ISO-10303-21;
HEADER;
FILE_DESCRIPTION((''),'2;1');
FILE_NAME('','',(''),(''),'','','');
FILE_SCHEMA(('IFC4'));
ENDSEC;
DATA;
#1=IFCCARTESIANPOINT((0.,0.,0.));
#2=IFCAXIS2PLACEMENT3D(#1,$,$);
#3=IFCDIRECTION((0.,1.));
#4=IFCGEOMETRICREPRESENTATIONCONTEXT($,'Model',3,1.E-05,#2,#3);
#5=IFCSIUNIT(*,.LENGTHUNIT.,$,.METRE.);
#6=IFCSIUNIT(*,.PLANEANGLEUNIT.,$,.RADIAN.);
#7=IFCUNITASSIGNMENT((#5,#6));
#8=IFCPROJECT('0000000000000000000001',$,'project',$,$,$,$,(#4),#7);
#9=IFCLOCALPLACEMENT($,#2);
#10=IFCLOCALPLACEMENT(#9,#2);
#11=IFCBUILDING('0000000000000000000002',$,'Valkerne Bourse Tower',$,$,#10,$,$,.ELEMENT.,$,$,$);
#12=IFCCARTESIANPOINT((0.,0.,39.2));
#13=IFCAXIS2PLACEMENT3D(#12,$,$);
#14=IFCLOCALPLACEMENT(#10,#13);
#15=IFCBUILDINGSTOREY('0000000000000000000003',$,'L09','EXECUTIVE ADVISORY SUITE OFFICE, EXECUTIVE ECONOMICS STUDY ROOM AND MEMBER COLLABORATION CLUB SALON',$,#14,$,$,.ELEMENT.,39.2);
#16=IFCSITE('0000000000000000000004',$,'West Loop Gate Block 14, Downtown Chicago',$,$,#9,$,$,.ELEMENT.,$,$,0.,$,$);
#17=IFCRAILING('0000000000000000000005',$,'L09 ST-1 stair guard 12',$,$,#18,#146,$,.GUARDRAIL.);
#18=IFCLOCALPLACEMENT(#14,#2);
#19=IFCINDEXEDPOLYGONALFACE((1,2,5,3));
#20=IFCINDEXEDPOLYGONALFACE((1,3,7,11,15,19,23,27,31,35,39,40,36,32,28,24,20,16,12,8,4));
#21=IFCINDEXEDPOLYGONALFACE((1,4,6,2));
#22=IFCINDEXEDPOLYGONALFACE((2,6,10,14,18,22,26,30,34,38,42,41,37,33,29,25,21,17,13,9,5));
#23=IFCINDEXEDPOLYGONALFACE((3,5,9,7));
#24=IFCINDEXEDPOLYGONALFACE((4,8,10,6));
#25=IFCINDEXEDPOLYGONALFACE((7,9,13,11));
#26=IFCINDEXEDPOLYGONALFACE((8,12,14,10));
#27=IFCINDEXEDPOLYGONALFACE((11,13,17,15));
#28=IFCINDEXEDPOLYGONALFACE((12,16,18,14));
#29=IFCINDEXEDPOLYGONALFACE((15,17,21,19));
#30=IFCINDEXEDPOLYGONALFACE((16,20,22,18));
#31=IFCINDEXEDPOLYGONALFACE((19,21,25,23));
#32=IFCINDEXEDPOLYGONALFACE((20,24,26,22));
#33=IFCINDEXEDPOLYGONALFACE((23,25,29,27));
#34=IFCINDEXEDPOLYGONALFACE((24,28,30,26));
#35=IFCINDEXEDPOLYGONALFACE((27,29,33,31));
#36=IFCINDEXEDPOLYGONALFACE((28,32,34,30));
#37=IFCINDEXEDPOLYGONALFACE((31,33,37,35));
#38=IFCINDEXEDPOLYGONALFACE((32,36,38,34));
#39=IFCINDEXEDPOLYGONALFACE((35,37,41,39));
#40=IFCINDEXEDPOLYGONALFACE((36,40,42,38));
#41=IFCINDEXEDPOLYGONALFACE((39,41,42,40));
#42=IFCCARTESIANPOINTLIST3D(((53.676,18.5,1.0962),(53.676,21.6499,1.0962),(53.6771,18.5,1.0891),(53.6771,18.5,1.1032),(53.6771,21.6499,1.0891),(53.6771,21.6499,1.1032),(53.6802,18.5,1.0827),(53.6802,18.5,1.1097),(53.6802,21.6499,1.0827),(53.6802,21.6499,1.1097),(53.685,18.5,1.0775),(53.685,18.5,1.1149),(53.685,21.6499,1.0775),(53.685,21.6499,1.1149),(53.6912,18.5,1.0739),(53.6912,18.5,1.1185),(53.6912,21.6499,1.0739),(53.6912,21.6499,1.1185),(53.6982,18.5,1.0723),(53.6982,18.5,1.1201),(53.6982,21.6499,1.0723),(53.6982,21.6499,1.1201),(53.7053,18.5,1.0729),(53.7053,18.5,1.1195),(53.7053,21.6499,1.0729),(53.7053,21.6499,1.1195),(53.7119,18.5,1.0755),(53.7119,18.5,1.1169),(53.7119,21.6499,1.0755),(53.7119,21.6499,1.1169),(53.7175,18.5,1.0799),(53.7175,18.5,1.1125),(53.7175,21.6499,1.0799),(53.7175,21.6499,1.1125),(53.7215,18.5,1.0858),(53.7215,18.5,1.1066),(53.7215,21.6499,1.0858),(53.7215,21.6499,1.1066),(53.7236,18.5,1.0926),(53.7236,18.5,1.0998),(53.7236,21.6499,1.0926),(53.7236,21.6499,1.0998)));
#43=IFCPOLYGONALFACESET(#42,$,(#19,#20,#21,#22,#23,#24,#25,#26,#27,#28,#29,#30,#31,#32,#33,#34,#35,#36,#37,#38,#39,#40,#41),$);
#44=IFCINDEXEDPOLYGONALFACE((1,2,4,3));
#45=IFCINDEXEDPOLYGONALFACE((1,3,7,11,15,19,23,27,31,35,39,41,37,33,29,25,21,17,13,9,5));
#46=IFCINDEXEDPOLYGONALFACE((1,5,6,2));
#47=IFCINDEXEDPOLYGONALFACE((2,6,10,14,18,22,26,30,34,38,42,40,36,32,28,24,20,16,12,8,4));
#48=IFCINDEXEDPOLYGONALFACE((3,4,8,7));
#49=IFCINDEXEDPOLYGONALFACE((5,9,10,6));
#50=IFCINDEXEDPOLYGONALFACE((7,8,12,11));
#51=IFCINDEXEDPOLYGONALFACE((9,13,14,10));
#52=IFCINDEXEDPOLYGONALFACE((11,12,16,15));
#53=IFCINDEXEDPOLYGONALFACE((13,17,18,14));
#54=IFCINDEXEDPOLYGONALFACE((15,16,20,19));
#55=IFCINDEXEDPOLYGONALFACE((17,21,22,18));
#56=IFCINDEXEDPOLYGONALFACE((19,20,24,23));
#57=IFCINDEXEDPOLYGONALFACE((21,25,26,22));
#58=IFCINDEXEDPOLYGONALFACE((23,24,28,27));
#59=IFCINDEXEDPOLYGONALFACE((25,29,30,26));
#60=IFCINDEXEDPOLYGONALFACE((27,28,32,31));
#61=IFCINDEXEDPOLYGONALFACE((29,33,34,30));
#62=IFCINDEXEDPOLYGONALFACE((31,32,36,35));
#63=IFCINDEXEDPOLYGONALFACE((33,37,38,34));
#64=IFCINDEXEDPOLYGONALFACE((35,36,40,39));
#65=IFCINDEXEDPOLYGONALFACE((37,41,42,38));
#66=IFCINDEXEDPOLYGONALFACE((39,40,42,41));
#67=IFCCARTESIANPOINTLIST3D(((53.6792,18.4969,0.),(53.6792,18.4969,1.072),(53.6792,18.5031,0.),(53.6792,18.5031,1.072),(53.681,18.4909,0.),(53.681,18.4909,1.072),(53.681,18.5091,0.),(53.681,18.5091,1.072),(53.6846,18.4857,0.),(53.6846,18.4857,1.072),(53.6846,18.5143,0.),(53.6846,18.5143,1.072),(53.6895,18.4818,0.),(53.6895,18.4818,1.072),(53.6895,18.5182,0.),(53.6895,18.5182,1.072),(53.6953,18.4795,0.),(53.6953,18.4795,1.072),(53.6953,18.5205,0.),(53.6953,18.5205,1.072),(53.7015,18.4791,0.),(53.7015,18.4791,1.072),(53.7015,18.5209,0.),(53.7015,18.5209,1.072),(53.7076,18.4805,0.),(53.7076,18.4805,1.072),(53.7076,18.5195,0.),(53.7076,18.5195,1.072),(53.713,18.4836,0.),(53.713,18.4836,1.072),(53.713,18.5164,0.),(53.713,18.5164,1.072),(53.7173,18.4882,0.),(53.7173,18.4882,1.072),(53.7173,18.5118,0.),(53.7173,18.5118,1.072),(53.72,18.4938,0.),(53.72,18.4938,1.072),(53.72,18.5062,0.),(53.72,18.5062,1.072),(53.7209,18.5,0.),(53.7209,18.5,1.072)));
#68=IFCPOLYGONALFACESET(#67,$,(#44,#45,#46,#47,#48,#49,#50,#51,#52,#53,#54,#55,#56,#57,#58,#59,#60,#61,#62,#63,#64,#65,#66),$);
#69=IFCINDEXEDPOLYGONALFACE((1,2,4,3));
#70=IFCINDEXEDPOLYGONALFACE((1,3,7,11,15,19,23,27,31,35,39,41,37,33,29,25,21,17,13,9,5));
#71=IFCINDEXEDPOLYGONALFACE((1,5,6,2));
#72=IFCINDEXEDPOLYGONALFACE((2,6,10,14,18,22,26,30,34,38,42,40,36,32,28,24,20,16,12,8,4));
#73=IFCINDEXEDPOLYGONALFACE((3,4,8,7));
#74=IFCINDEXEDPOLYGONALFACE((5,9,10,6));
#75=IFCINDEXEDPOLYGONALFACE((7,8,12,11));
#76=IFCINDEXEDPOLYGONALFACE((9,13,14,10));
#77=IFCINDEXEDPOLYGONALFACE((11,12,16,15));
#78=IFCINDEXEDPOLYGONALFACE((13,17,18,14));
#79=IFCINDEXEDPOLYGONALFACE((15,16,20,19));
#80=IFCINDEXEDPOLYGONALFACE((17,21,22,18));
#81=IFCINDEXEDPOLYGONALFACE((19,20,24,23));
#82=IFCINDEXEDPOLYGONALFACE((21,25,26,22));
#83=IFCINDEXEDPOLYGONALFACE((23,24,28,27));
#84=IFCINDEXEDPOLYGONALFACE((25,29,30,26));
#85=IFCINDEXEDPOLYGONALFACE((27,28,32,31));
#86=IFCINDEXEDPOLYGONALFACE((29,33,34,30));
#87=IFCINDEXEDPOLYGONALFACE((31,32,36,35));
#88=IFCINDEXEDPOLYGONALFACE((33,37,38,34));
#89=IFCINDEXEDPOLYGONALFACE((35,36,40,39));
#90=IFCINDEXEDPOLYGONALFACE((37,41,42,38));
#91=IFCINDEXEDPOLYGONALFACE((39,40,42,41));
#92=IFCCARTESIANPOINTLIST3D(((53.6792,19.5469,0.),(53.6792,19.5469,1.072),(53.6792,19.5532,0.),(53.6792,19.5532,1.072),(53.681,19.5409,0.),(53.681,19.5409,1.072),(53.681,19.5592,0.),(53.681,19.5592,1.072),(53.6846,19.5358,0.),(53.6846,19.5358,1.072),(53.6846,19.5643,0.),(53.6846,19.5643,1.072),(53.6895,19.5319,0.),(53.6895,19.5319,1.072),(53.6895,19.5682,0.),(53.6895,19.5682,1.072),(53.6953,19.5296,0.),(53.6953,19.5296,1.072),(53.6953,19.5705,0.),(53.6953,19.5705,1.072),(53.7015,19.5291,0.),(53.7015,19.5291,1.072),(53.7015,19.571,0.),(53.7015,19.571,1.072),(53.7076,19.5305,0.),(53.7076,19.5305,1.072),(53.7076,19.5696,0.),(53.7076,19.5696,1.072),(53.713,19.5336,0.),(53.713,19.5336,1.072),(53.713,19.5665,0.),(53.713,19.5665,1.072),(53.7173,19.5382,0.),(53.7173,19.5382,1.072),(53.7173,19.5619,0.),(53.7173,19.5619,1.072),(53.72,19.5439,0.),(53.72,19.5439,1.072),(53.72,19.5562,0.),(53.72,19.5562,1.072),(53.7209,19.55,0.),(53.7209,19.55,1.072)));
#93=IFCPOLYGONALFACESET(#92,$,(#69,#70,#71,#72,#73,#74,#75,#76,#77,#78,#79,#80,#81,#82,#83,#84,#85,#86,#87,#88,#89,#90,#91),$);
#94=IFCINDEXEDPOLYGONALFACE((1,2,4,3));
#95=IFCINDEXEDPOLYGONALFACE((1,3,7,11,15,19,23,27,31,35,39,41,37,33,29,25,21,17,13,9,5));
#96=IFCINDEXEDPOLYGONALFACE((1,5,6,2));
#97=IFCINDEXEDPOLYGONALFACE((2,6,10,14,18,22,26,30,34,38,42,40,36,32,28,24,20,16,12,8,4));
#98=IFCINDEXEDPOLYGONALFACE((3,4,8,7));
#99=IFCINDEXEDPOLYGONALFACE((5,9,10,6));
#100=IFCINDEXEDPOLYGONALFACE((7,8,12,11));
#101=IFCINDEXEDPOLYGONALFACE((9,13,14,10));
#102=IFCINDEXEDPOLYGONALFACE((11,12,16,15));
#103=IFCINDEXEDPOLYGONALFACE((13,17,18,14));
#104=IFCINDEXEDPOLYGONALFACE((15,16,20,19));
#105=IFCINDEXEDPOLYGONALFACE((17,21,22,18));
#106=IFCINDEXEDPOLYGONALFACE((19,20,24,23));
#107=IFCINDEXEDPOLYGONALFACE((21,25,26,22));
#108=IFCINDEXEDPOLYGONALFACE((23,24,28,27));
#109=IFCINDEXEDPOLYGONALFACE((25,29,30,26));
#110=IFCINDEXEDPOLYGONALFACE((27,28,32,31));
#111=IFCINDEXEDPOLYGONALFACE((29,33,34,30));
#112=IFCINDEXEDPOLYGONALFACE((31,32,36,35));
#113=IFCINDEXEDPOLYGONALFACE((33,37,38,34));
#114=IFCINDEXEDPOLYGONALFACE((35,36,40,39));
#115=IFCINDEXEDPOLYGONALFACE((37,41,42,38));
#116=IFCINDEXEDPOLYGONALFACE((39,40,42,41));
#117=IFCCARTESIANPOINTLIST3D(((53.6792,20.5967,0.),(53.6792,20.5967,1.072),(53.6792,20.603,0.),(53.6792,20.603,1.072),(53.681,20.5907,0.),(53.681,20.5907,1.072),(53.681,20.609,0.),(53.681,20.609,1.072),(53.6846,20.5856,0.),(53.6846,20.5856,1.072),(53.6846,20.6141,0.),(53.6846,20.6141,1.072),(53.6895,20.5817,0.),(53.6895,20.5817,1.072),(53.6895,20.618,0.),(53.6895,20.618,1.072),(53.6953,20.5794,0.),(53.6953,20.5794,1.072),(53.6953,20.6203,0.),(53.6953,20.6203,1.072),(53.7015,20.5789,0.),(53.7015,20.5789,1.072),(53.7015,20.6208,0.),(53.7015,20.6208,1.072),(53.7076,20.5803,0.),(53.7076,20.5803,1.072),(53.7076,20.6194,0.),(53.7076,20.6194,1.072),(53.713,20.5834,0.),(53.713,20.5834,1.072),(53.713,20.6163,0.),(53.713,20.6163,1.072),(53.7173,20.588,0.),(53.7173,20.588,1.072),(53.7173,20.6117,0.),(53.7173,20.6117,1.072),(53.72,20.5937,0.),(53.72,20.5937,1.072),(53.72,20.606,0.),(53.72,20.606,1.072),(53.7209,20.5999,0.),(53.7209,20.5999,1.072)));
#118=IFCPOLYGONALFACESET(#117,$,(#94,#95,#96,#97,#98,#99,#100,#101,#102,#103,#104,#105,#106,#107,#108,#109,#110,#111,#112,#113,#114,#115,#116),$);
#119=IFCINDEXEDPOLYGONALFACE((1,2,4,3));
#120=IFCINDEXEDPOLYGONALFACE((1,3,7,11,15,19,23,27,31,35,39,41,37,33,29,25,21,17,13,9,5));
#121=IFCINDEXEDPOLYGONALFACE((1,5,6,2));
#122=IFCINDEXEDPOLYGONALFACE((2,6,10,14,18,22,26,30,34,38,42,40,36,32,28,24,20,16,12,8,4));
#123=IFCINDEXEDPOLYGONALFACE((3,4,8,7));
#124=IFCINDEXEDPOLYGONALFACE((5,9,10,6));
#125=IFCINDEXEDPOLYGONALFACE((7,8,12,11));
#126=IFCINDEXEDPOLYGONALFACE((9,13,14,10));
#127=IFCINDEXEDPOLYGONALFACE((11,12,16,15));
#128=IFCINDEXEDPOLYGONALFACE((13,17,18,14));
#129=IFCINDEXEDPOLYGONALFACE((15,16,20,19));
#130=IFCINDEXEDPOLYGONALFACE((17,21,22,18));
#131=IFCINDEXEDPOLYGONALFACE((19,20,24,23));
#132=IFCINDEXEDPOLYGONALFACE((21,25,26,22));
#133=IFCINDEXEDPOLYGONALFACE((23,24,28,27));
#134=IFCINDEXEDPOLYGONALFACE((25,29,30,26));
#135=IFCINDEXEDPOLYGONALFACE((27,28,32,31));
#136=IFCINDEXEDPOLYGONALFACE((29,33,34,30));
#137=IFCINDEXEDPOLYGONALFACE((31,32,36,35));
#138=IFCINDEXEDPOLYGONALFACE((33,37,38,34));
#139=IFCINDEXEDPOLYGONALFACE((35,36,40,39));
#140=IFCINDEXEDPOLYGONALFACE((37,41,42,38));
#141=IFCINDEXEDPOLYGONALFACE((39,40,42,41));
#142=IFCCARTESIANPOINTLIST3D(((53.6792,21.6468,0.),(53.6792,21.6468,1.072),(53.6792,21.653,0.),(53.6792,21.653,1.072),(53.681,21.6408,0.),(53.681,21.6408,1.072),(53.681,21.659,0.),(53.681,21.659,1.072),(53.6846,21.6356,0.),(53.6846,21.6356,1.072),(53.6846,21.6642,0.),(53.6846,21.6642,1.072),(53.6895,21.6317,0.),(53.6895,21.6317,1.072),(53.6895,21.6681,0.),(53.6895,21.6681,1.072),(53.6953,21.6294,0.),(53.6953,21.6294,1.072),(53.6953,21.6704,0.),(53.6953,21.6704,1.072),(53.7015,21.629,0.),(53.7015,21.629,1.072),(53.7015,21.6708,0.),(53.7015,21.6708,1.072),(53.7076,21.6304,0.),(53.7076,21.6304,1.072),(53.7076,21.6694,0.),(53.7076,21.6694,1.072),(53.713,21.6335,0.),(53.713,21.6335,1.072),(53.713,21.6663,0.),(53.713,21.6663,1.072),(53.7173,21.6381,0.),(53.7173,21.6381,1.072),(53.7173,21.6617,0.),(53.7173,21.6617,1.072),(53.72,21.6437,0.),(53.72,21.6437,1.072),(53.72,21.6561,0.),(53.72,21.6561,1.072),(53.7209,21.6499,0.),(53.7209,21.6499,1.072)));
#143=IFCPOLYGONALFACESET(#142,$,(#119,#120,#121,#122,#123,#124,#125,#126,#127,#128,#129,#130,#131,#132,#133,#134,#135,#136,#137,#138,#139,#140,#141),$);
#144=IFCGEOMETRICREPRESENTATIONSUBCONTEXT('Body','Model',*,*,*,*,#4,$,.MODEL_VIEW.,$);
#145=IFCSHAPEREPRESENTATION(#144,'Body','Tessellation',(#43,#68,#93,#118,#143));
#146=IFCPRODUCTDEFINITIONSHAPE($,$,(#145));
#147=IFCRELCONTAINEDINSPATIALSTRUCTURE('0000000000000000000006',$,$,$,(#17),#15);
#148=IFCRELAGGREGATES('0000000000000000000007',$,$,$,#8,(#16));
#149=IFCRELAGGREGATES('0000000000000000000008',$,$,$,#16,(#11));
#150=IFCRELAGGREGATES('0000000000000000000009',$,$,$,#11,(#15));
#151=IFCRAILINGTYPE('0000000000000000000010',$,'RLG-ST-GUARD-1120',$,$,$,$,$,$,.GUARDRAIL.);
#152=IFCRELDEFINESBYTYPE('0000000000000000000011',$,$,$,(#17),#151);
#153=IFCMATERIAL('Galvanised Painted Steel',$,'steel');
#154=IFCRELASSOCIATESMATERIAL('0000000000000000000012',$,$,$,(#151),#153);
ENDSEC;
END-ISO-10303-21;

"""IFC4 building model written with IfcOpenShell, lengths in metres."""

from ifc_helpers import new_model, si_unit, direction, frame, origin, origin_2d, place, context, subcontext, project, spatial, circle, extrude, material, type_object, element, save


model = new_model("IFC4")

# Units and contexts
model_context = context("Model", 3, precision=1e-05, world=origin(), true_north=direction((0.0, 1.0)))
body_context = subcontext(model_context, "Body", "Model", "MODEL_VIEW")
ifc_project = project(units=[si_unit("LENGTHUNIT", "METRE"), si_unit("PLANEANGLEUNIT", "RADIAN")], contexts=[model_context])

# Site, building, storey
site_placement = place(None, origin())
site = spatial("IfcSite", under=ifc_project, at=site_placement, Name="West Loop Gate Block 14, Downtown Chicago", CompositionType="ELEMENT", RefElevation=0.0)
building_placement = place(site_placement, origin())
building = spatial("IfcBuilding", under=site, at=building_placement, Name="Valkerne Bourse Tower", CompositionType="ELEMENT")
storey_placement = place(building_placement, frame((0.0, 0.0, 39.2)))
storey = spatial("IfcBuildingStorey", under=building, at=storey_placement, Name="L09", Description="EXECUTIVE ADVISORY SUITE OFFICE, EXECUTIVE ECONOMICS STUDY ROOM AND MEMBER COLLABORATION CLUB SALON", CompositionType="ELEMENT", Elevation=39.2)

# Shared definitions
ifc_material_1 = material(Name="Galvanised Painted Steel", Category="steel")

# Railing
railing_type_1 = type_object("IfcRailingType", Name="RLG-ST-GUARD-1120", PredefinedType="GUARDRAIL", material=ifc_material_1)
railing_1_placement = place(storey_placement, frame((53.7, 18.5, 0.0)))
element("IfcRailing", 1, at=railing_1_placement, inside=storey, type_object=railing_type_1, Name="L09 ST-1 stair guard 12", PredefinedType="GUARDRAIL", context=body_context, shape_type="SweptSolid", body=[
    extrude(circle(Radius=0.0239, at=origin_2d()), frame((0.0, 0.0, 1.0962), z_axis=(0.0, 1.0, 0.0), x_axis=(-1.0, 0.0, 0.0)), (0.0, 0.0, 1.0), 3.1499),
    extrude(circle(Radius=0.021, at=origin_2d()), origin(), (0.0, 0.0, 1.0), 1.072),
    extrude(circle(Radius=0.021, at=origin_2d()), frame((0.0, 1.05, 0.0)), (0.0, 0.0, 1.0), 1.072),
    extrude(circle(Radius=0.021, at=origin_2d()), frame((0.0, 2.0999, 0.0)), (0.0, 0.0, 1.0), 1.072),
    extrude(circle(Radius=0.021, at=origin_2d()), frame((0.0, 3.1499, 0.0)), (0.0, 0.0, 1.0), 1.072),
])

save(model, "model.ifc")
